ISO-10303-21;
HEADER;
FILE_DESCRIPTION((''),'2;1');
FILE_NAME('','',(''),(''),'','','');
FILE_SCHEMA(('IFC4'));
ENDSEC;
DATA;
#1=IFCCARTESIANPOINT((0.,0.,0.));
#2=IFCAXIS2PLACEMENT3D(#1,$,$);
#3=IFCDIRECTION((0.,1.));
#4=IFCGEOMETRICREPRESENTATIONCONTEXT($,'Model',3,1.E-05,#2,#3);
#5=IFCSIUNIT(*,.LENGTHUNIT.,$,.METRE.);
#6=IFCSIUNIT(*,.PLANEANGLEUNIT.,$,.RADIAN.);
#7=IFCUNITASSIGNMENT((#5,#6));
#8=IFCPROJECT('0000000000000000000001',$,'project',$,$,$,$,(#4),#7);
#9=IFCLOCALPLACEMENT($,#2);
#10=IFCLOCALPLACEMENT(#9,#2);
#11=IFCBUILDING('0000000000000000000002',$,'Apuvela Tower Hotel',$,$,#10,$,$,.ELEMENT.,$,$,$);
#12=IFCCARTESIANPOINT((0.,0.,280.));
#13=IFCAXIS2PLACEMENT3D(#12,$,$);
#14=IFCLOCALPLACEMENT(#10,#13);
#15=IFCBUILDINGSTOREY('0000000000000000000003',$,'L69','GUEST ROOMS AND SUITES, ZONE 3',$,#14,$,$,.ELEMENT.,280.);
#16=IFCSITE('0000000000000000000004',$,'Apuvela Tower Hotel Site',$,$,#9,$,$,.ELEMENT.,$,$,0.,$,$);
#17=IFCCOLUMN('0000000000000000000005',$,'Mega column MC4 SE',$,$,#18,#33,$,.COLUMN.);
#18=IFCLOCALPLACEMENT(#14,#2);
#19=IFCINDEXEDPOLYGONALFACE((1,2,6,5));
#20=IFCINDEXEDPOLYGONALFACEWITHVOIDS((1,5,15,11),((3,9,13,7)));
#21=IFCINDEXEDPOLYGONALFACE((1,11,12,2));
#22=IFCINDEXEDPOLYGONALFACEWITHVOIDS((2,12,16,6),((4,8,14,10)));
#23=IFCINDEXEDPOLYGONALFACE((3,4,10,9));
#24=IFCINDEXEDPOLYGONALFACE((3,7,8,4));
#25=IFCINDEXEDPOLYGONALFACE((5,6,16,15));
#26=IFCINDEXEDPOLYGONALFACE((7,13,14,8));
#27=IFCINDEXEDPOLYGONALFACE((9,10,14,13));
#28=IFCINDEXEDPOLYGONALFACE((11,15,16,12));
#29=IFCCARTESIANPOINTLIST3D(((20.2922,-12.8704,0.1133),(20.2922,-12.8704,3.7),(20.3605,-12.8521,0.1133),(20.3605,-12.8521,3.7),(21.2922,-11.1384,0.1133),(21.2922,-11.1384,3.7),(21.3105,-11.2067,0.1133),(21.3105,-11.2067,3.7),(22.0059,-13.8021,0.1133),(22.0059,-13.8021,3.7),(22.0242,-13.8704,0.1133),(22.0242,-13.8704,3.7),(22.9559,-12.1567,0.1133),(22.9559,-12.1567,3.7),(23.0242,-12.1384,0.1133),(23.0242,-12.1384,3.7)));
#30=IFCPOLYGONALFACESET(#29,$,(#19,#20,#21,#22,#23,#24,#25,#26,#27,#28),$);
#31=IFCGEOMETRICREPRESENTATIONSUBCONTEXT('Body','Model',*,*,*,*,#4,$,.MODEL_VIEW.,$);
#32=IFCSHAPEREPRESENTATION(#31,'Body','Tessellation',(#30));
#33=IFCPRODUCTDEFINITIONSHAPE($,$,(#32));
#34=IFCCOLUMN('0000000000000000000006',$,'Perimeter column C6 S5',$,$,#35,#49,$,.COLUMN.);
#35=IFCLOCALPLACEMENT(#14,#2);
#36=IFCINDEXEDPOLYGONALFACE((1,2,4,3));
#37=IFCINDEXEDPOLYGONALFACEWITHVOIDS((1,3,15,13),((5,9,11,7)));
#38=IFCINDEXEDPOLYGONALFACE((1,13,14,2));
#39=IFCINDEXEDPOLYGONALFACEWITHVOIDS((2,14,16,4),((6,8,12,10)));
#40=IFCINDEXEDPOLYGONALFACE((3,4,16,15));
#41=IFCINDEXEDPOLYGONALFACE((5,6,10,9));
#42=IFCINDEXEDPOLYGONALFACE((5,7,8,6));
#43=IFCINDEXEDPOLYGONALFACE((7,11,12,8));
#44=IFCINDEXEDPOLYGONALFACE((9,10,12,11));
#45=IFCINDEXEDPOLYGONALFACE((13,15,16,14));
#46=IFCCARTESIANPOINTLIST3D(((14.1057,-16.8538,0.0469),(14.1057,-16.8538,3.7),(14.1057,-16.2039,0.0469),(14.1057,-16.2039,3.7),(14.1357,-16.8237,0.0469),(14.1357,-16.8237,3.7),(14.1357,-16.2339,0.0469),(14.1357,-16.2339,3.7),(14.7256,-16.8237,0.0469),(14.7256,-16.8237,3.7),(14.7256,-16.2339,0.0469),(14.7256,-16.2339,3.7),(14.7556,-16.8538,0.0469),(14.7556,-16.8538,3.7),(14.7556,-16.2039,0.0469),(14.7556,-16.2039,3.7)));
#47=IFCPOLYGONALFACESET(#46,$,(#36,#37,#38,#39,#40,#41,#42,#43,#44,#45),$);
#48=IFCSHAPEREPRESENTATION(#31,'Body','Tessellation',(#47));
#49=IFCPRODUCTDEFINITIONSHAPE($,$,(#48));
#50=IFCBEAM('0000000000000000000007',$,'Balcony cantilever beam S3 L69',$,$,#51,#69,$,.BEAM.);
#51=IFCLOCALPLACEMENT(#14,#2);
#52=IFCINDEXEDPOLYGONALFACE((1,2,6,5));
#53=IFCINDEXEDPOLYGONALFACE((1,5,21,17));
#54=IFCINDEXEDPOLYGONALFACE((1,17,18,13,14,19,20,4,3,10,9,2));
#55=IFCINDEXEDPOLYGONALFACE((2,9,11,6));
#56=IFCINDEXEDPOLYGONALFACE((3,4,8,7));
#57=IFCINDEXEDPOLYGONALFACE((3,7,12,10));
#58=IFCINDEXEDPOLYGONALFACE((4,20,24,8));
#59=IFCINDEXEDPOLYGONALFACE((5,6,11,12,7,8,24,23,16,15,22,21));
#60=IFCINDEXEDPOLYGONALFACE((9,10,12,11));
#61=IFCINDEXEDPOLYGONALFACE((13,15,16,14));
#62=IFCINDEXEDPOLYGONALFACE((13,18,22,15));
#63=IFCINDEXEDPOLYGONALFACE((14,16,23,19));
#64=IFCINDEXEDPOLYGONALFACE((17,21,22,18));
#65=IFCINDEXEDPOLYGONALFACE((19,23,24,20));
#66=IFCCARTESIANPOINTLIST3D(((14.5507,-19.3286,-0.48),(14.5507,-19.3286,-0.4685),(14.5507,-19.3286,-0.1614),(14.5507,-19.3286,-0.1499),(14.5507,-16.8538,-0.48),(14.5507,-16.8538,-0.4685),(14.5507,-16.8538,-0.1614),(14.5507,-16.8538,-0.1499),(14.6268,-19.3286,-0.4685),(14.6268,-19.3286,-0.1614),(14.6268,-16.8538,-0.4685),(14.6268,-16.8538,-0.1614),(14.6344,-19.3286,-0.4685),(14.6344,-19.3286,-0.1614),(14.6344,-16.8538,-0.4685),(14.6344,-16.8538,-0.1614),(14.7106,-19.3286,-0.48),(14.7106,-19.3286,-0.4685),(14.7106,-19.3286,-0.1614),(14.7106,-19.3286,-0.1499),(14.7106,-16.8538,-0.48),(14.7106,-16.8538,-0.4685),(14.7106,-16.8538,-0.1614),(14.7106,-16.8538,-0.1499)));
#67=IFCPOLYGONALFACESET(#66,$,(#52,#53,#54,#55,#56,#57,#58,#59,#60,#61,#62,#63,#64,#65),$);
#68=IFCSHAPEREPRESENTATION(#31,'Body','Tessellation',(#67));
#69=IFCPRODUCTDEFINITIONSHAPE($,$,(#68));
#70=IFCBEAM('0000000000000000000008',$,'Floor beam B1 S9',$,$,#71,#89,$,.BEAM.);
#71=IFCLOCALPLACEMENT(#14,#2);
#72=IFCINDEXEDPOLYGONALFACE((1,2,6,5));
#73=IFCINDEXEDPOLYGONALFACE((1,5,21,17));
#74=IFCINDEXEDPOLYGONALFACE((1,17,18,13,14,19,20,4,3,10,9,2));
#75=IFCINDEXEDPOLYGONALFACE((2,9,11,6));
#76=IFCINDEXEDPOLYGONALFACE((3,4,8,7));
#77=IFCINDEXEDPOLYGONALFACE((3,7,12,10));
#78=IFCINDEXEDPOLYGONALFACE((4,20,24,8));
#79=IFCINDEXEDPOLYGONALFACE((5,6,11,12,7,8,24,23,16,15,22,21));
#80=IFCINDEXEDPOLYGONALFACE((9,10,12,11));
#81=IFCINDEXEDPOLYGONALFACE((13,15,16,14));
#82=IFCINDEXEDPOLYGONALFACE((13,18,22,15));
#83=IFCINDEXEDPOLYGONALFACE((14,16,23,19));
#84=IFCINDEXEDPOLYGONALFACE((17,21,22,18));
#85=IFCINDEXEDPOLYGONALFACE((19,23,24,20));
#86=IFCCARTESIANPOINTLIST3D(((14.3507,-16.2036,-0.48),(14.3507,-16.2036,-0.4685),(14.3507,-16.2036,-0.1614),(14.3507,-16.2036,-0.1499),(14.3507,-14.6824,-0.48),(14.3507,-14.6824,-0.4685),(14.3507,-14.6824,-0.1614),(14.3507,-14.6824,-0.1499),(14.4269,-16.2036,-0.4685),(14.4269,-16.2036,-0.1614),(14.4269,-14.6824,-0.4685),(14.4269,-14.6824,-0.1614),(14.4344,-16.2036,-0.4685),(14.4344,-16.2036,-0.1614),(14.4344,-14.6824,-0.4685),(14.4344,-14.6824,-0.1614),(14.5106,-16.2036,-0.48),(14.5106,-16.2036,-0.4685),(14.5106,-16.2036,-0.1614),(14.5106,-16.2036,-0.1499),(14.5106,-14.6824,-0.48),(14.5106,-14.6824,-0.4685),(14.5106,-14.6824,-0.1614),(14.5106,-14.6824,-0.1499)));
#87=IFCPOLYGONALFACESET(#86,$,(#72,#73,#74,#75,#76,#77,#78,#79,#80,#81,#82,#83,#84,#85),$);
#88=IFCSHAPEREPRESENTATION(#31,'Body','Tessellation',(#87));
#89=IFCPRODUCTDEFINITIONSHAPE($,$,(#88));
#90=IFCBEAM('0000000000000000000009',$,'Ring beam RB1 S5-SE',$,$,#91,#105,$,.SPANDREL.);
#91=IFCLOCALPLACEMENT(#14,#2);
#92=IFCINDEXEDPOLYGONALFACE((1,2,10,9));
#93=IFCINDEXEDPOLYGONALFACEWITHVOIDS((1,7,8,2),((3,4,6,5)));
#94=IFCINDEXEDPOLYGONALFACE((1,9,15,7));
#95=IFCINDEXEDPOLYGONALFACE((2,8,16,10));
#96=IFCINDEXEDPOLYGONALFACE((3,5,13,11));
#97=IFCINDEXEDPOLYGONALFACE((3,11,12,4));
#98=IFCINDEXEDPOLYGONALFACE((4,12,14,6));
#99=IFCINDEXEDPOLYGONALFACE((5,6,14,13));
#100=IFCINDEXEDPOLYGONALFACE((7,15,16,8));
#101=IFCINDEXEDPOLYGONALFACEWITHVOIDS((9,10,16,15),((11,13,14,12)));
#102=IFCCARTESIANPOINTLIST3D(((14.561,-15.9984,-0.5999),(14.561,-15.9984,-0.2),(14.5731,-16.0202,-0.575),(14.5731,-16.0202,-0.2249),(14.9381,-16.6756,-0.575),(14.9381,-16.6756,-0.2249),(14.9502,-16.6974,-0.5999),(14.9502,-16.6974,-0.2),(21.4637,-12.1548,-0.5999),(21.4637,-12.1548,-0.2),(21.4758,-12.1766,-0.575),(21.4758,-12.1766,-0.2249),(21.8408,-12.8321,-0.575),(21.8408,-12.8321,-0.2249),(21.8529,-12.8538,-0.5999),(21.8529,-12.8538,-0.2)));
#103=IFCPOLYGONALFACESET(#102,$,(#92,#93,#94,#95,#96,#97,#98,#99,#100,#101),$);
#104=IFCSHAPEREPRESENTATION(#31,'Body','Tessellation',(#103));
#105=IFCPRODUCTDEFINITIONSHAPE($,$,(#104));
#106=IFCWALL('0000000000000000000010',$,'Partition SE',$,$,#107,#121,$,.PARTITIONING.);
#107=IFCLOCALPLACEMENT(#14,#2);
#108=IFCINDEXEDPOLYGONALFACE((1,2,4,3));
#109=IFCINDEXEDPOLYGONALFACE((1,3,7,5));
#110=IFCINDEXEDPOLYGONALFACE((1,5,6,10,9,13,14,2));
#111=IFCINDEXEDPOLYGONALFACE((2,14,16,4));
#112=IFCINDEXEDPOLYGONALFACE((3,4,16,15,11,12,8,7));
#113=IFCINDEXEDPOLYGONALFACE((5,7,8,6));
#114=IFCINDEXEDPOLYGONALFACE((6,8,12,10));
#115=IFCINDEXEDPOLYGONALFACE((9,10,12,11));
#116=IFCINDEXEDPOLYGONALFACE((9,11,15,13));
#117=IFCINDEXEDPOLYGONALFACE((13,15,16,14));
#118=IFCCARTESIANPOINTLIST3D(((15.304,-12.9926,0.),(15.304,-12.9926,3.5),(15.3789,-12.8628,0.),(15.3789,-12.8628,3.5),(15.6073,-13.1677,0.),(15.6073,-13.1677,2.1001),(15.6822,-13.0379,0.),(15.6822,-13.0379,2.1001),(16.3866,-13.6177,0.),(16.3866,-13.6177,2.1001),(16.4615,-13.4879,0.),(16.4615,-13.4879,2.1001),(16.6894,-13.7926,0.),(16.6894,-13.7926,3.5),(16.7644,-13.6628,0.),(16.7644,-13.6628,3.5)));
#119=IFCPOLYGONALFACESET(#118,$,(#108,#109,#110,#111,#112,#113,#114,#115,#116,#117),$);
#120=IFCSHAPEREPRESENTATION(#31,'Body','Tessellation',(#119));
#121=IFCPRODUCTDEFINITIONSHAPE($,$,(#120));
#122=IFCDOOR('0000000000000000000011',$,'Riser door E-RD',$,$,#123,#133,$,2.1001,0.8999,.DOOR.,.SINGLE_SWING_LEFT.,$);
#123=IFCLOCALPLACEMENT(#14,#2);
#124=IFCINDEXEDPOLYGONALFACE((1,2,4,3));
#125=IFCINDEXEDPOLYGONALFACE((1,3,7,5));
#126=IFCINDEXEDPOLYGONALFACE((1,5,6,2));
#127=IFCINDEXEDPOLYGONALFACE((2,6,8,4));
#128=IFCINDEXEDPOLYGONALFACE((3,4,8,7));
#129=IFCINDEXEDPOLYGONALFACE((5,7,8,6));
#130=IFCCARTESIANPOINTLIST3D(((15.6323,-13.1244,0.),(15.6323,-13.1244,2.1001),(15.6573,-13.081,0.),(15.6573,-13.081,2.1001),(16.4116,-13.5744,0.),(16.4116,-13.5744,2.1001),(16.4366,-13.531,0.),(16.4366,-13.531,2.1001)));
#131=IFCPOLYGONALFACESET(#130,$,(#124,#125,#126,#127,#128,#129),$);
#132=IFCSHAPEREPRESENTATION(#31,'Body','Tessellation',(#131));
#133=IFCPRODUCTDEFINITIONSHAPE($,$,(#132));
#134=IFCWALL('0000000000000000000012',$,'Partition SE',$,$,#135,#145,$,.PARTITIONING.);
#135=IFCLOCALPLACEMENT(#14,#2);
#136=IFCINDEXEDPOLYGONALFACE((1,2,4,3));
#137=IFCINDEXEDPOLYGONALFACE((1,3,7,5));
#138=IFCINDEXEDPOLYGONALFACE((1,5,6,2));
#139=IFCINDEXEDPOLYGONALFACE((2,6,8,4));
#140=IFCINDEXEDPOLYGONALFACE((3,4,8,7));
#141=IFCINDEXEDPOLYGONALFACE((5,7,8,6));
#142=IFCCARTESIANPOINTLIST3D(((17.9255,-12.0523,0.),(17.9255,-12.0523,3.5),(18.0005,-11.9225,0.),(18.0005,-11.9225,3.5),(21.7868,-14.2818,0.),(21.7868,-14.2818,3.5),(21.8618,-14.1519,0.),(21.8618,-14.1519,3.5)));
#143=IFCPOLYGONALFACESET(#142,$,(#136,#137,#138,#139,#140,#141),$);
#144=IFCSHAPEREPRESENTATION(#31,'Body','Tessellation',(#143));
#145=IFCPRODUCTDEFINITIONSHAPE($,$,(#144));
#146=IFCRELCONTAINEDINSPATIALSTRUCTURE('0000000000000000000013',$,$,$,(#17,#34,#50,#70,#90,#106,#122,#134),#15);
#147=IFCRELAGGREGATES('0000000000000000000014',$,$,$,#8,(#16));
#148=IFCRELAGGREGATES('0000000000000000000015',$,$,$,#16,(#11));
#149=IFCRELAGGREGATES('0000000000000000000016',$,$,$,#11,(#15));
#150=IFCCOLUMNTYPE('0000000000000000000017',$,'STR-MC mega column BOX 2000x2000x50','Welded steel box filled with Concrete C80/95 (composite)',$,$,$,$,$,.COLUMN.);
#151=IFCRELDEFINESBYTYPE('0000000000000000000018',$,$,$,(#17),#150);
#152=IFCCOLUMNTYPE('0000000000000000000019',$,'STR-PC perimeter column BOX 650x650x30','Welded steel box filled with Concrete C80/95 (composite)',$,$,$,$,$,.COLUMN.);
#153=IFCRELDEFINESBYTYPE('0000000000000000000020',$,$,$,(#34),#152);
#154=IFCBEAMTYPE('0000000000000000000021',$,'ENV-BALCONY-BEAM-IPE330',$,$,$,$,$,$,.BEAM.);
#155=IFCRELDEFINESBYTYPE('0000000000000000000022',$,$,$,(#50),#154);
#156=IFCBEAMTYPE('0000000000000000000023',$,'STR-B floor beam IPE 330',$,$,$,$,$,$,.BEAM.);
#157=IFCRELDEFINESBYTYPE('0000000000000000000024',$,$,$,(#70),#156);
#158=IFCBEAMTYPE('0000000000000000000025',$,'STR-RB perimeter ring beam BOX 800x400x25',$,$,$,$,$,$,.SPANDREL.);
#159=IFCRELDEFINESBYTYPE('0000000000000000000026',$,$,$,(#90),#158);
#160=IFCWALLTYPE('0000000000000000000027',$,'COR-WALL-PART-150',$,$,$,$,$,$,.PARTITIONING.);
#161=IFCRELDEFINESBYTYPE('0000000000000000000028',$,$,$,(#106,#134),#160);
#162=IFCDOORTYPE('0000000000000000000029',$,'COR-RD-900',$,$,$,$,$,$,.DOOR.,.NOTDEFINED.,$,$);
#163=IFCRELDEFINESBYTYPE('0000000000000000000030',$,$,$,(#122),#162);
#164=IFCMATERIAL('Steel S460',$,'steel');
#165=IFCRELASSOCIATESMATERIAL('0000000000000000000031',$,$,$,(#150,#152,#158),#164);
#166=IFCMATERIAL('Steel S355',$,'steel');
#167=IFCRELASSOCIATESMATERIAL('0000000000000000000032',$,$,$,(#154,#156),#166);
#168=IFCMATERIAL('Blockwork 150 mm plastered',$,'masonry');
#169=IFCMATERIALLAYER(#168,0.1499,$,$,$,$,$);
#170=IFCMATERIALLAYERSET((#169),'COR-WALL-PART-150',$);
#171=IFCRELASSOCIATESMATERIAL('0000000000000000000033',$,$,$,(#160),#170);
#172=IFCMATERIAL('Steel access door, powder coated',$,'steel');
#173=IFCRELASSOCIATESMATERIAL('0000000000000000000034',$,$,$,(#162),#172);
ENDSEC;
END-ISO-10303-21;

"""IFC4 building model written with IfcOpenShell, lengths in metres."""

from ifc_helpers import new_model, si_unit, direction, frame, frame_2d, origin, origin_2d, place, context, subcontext, project, spatial, rectangle, hollow_rectangle, i_section, extrude, boolean, halfspace, material, layer, layer_set, material_profile, profile_set, type_object, element, fill, save


model = new_model("IFC4")

# Units and contexts
model_context = context("Model", 3, precision=1e-05, world=origin(), true_north=direction((0.0, 1.0)))
body_context = subcontext(model_context, "Body", "Model", "MODEL_VIEW")
ifc_project = project(units=[si_unit("LENGTHUNIT", "METRE"), si_unit("PLANEANGLEUNIT", "RADIAN")], contexts=[model_context])

# Site, building, storey
site_placement = place(None, origin())
site = spatial("IfcSite", under=ifc_project, at=site_placement, Name="Apuvela Tower Hotel Site", CompositionType="ELEMENT", RefElevation=0.0)
building_placement = place(site_placement, origin())
building = spatial("IfcBuilding", under=site, at=building_placement, Name="Apuvela Tower Hotel", CompositionType="ELEMENT")
storey_placement = place(building_placement, frame((0.0, 0.0, 280.0)))
storey = spatial("IfcBuildingStorey", under=building, at=storey_placement, Name="L69", Description="GUEST ROOMS AND SUITES, ZONE 3", CompositionType="ELEMENT", Elevation=280.0)

# Columns
ifc_material_1 = material(Name="Steel S460", Category="steel")
ifc_material_profile_1 = material_profile(ifc_material_1, hollow_rectangle(XDim=2.0, YDim=2.0, WallThickness=0.05, at=origin_2d()), Name="BOX 2000x2000x50")
ifc_material_2 = material(Name="Concrete C80/95", Category="concrete")
ifc_material_profile_2 = material_profile(ifc_material_2, rectangle(XDim=1.8999, YDim=1.8999, at=origin_2d()), Name="Concrete C80/95 infill")
ifc_profile_set_1 = profile_set([ifc_material_profile_1, ifc_material_profile_2], Name="Steel S460")
column_type_1 = type_object("IfcColumnType", Name="STR-MC mega column BOX 2000x2000x50", Description="Welded steel box filled with Concrete C80/95 (composite)", PredefinedType="COLUMN", material=ifc_profile_set_1)
column_1_placement = place(storey_placement, frame((21.6582, -12.5044, 0.0), z_axis=(0.0, 0.0, 1.0), x_axis=(0.5, 0.866025, 0.0)))
element("IfcColumn", 1, at=column_1_placement, inside=storey, type_object=column_type_1, Name="Mega column MC4 SE", PredefinedType="COLUMN", context=body_context, shape_type="SweptSolid", body=[
    boolean("DIFFERENCE", extrude(hollow_rectangle(XDim=2.0, YDim=2.0, WallThickness=0.05, at=origin_2d()), origin(), (0.0, 0.0, 1.0), 3.7), halfspace(frame((0.0, 0.0, 0.1133), z_axis=(0.0, 0.0, 1.0), x_axis=(1.0, 0.0, 0.0)), True)),
])
ifc_material_profile_3 = material_profile(ifc_material_1, hollow_rectangle(XDim=0.6499, YDim=0.6499, WallThickness=0.03, at=origin_2d()), Name="BOX 650x650x30")
ifc_material_profile_4 = material_profile(ifc_material_2, rectangle(XDim=0.5901, YDim=0.5901, at=origin_2d()), Name="Concrete C80/95 infill")
ifc_profile_set_2 = profile_set([ifc_material_profile_3, ifc_material_profile_4], Name="Steel S460")
column_type_2 = type_object("IfcColumnType", Name="STR-PC perimeter column BOX 650x650x30", Description="Welded steel box filled with Concrete C80/95 (composite)", PredefinedType="COLUMN", material=ifc_profile_set_2)
column_2_placement = place(storey_placement, frame((14.4307, -16.5288, 0.0), z_axis=(0.0, 0.0, 1.0), x_axis=(-1.0, 0.0, 0.0)))
element("IfcColumn", 2, at=column_2_placement, inside=storey, type_object=column_type_2, Name="Perimeter column C6 S5", PredefinedType="COLUMN", context=body_context, shape_type="SweptSolid", body=[
    boolean("DIFFERENCE", extrude(hollow_rectangle(XDim=0.6499, YDim=0.6499, WallThickness=0.03, at=origin_2d()), origin(), (0.0, 0.0, 1.0), 3.7), halfspace(frame((0.0, 0.0, 0.0469), z_axis=(0.0, 0.0, 1.0), x_axis=(1.0, 0.0, 0.0)), True)),
])

# Beams
ifc_material_3 = material(Name="Steel S355", Category="steel")
ifc_material_profile_5 = material_profile(ifc_material_3, i_section(OverallWidth=0.1599, OverallDepth=0.3301, WebThickness=0.0076, FlangeThickness=0.0115, at=origin_2d()), Name="IPE 330")
ifc_profile_set_3 = profile_set([ifc_material_profile_5], Name="Steel S355")
beam_type_1 = type_object("IfcBeamType", Name="ENV-BALCONY-BEAM-IPE330", PredefinedType="BEAM", material=ifc_profile_set_3)
beam_1_placement = place(storey_placement, frame((14.6306, -16.8538, -0.3149), z_axis=(0.0, -1.0, 0.0), x_axis=(1.0, 0.0, 0.0)))
element("IfcBeam", 3, at=beam_1_placement, inside=storey, type_object=beam_type_1, Name="Balcony cantilever beam S3 L69", PredefinedType="BEAM", context=body_context, shape_type="SweptSolid", body=[
    extrude(i_section(OverallWidth=0.1599, OverallDepth=0.3301, WebThickness=0.0076, FlangeThickness=0.0115, at=origin_2d()), origin(), (0.0, 0.0, 1.0), 2.4749),
])
ifc_material_profile_6 = material_profile(ifc_material_3, i_section(OverallWidth=0.1599, OverallDepth=0.3301, WebThickness=0.0076, FlangeThickness=0.0115, at=origin_2d()), Name="IPE 330")
ifc_profile_set_4 = profile_set([ifc_material_profile_6], Name="Steel S355")
beam_type_2 = type_object("IfcBeamType", Name="STR-B floor beam IPE 330", PredefinedType="BEAM", material=ifc_profile_set_4)
beam_2_placement = place(storey_placement, frame((14.4307, -16.2036, -0.3149), z_axis=(0.0, 1.0, 0.0), x_axis=(-1.0, 0.0, 0.0)))
element("IfcBeam", 4, at=beam_2_placement, inside=storey, type_object=beam_type_2, Name="Floor beam B1 S9", PredefinedType="BEAM", context=body_context, shape_type="SweptSolid", body=[
    extrude(i_section(OverallWidth=0.1599, OverallDepth=0.3301, WebThickness=0.0076, FlangeThickness=0.0115, at=origin_2d()), origin(), (0.0, 0.0, 1.0), 1.5212),
])
ifc_material_profile_7 = material_profile(ifc_material_1, hollow_rectangle(XDim=0.8, YDim=0.3999, WallThickness=0.0249, at=origin_2d()), Name="BOX 800x400x25")
ifc_profile_set_5 = profile_set([ifc_material_profile_7], Name="Steel S460")
beam_type_3 = type_object("IfcBeamType", Name="STR-RB perimeter ring beam BOX 800x400x25", PredefinedType="SPANDREL", material=ifc_profile_set_5)
beam_3_placement = place(storey_placement, frame((14.7556, -16.3479, -0.3999), z_axis=(0.873688, 0.486488, 0.0), x_axis=(-0.486488, 0.873688, 0.0)))
element("IfcBeam", 5, at=beam_3_placement, inside=storey, type_object=beam_type_3, Name="Ring beam RB1 S5-SE", PredefinedType="SPANDREL", context=body_context, shape_type="SweptSolid", body=[
    extrude(hollow_rectangle(XDim=0.8, YDim=0.3999, WallThickness=0.0249, at=origin_2d()), origin(), (0.0, 0.0, 1.0), 7.9006),
])

# Wall, opening, door
ifc_material_4 = material(Name="Blockwork 150 mm plastered", Category="masonry")
ifc_layer_1 = layer(ifc_material_4, 0.1499)
ifc_layer_set_1 = layer_set([ifc_layer_1], Name="COR-WALL-PART-150")
wall_type_1 = type_object("IfcWallType", Name="COR-WALL-PART-150", PredefinedType="PARTITIONING", material=ifc_layer_set_1)
wall_1_placement = place(storey_placement, frame((15.3416, -12.9277, 0.0), z_axis=(0.0, 0.0, 1.0), x_axis=(0.86599, -0.500061, 0.0)))
wall_1 = element("IfcWall", 6, at=wall_1_placement, inside=storey, type_object=wall_type_1, Name="Partition SE", PredefinedType="PARTITIONING", context=body_context, shape_type="SweptSolid", body=[
    extrude(rectangle(XDim=1.5999, YDim=0.1499, at=frame_2d((0.7998, 0.0))), origin(), (0.0, 0.0, 1.0), 3.5),
])
opening_1_placement = place(wall_1_placement, frame((0.3501, 0.0, 0.0)))
opening_1 = element("IfcOpeningElement", 7, at=opening_1_placement, cuts=wall_1, PredefinedType="OPENING", context=body_context, shape_type="SweptSolid", body=[
    extrude(rectangle(XDim=0.8999, YDim=2.1001, at=frame_2d((0.45, 1.05))), frame((0.0, 0.085, 0.0), z_axis=(0.0, -1.0, 0.0), x_axis=(1.0, 0.0, 0.0)), (0.0, 0.0, 1.0), 0.1699),
])
ifc_material_5 = material(Name="Steel access door, powder coated", Category="steel")
door_type_1 = type_object("IfcDoorType", Name="COR-RD-900", OperationType="NOTDEFINED", PredefinedType="DOOR", material=ifc_material_5)
door_1_placement = place(opening_1_placement, frame((0.8999, 0.0, 0.0), z_axis=(0.0, 0.0, 1.0), x_axis=(-1.0, 0.0, 0.0)))
door_1 = element("IfcDoor", 8, at=door_1_placement, inside=storey, type_object=door_type_1, Name="Riser door E-RD", OperationType="SINGLE_SWING_LEFT", OverallHeight=2.1001, OverallWidth=0.8999, PredefinedType="DOOR", context=body_context, shape_type="SweptSolid", body=[
    extrude(rectangle(XDim=0.8999, YDim=2.1001, at=frame_2d((0.45, 1.05))), frame((0.0, 0.0249, 0.0), z_axis=(0.0, -1.0, 0.0), x_axis=(1.0, 0.0, 0.0)), (0.0, 0.0, 1.0), 0.05),
])
fill(opening_1, door_1)

# Wall
wall_2_placement = place(storey_placement, frame((17.9629, -11.9873, 0.0), z_axis=(0.0, 0.0, 1.0), x_axis=(0.866011, -0.500026, 0.0)))
element("IfcWall", 9, at=wall_2_placement, inside=storey, type_object=wall_type_1, Name="Partition SE", PredefinedType="PARTITIONING", context=body_context, shape_type="SweptSolid", body=[
    extrude(rectangle(XDim=4.4587, YDim=0.1499, at=frame_2d((2.2295, 0.0))), origin(), (0.0, 0.0, 1.0), 3.5),
])

save(model, "model.ifc")
